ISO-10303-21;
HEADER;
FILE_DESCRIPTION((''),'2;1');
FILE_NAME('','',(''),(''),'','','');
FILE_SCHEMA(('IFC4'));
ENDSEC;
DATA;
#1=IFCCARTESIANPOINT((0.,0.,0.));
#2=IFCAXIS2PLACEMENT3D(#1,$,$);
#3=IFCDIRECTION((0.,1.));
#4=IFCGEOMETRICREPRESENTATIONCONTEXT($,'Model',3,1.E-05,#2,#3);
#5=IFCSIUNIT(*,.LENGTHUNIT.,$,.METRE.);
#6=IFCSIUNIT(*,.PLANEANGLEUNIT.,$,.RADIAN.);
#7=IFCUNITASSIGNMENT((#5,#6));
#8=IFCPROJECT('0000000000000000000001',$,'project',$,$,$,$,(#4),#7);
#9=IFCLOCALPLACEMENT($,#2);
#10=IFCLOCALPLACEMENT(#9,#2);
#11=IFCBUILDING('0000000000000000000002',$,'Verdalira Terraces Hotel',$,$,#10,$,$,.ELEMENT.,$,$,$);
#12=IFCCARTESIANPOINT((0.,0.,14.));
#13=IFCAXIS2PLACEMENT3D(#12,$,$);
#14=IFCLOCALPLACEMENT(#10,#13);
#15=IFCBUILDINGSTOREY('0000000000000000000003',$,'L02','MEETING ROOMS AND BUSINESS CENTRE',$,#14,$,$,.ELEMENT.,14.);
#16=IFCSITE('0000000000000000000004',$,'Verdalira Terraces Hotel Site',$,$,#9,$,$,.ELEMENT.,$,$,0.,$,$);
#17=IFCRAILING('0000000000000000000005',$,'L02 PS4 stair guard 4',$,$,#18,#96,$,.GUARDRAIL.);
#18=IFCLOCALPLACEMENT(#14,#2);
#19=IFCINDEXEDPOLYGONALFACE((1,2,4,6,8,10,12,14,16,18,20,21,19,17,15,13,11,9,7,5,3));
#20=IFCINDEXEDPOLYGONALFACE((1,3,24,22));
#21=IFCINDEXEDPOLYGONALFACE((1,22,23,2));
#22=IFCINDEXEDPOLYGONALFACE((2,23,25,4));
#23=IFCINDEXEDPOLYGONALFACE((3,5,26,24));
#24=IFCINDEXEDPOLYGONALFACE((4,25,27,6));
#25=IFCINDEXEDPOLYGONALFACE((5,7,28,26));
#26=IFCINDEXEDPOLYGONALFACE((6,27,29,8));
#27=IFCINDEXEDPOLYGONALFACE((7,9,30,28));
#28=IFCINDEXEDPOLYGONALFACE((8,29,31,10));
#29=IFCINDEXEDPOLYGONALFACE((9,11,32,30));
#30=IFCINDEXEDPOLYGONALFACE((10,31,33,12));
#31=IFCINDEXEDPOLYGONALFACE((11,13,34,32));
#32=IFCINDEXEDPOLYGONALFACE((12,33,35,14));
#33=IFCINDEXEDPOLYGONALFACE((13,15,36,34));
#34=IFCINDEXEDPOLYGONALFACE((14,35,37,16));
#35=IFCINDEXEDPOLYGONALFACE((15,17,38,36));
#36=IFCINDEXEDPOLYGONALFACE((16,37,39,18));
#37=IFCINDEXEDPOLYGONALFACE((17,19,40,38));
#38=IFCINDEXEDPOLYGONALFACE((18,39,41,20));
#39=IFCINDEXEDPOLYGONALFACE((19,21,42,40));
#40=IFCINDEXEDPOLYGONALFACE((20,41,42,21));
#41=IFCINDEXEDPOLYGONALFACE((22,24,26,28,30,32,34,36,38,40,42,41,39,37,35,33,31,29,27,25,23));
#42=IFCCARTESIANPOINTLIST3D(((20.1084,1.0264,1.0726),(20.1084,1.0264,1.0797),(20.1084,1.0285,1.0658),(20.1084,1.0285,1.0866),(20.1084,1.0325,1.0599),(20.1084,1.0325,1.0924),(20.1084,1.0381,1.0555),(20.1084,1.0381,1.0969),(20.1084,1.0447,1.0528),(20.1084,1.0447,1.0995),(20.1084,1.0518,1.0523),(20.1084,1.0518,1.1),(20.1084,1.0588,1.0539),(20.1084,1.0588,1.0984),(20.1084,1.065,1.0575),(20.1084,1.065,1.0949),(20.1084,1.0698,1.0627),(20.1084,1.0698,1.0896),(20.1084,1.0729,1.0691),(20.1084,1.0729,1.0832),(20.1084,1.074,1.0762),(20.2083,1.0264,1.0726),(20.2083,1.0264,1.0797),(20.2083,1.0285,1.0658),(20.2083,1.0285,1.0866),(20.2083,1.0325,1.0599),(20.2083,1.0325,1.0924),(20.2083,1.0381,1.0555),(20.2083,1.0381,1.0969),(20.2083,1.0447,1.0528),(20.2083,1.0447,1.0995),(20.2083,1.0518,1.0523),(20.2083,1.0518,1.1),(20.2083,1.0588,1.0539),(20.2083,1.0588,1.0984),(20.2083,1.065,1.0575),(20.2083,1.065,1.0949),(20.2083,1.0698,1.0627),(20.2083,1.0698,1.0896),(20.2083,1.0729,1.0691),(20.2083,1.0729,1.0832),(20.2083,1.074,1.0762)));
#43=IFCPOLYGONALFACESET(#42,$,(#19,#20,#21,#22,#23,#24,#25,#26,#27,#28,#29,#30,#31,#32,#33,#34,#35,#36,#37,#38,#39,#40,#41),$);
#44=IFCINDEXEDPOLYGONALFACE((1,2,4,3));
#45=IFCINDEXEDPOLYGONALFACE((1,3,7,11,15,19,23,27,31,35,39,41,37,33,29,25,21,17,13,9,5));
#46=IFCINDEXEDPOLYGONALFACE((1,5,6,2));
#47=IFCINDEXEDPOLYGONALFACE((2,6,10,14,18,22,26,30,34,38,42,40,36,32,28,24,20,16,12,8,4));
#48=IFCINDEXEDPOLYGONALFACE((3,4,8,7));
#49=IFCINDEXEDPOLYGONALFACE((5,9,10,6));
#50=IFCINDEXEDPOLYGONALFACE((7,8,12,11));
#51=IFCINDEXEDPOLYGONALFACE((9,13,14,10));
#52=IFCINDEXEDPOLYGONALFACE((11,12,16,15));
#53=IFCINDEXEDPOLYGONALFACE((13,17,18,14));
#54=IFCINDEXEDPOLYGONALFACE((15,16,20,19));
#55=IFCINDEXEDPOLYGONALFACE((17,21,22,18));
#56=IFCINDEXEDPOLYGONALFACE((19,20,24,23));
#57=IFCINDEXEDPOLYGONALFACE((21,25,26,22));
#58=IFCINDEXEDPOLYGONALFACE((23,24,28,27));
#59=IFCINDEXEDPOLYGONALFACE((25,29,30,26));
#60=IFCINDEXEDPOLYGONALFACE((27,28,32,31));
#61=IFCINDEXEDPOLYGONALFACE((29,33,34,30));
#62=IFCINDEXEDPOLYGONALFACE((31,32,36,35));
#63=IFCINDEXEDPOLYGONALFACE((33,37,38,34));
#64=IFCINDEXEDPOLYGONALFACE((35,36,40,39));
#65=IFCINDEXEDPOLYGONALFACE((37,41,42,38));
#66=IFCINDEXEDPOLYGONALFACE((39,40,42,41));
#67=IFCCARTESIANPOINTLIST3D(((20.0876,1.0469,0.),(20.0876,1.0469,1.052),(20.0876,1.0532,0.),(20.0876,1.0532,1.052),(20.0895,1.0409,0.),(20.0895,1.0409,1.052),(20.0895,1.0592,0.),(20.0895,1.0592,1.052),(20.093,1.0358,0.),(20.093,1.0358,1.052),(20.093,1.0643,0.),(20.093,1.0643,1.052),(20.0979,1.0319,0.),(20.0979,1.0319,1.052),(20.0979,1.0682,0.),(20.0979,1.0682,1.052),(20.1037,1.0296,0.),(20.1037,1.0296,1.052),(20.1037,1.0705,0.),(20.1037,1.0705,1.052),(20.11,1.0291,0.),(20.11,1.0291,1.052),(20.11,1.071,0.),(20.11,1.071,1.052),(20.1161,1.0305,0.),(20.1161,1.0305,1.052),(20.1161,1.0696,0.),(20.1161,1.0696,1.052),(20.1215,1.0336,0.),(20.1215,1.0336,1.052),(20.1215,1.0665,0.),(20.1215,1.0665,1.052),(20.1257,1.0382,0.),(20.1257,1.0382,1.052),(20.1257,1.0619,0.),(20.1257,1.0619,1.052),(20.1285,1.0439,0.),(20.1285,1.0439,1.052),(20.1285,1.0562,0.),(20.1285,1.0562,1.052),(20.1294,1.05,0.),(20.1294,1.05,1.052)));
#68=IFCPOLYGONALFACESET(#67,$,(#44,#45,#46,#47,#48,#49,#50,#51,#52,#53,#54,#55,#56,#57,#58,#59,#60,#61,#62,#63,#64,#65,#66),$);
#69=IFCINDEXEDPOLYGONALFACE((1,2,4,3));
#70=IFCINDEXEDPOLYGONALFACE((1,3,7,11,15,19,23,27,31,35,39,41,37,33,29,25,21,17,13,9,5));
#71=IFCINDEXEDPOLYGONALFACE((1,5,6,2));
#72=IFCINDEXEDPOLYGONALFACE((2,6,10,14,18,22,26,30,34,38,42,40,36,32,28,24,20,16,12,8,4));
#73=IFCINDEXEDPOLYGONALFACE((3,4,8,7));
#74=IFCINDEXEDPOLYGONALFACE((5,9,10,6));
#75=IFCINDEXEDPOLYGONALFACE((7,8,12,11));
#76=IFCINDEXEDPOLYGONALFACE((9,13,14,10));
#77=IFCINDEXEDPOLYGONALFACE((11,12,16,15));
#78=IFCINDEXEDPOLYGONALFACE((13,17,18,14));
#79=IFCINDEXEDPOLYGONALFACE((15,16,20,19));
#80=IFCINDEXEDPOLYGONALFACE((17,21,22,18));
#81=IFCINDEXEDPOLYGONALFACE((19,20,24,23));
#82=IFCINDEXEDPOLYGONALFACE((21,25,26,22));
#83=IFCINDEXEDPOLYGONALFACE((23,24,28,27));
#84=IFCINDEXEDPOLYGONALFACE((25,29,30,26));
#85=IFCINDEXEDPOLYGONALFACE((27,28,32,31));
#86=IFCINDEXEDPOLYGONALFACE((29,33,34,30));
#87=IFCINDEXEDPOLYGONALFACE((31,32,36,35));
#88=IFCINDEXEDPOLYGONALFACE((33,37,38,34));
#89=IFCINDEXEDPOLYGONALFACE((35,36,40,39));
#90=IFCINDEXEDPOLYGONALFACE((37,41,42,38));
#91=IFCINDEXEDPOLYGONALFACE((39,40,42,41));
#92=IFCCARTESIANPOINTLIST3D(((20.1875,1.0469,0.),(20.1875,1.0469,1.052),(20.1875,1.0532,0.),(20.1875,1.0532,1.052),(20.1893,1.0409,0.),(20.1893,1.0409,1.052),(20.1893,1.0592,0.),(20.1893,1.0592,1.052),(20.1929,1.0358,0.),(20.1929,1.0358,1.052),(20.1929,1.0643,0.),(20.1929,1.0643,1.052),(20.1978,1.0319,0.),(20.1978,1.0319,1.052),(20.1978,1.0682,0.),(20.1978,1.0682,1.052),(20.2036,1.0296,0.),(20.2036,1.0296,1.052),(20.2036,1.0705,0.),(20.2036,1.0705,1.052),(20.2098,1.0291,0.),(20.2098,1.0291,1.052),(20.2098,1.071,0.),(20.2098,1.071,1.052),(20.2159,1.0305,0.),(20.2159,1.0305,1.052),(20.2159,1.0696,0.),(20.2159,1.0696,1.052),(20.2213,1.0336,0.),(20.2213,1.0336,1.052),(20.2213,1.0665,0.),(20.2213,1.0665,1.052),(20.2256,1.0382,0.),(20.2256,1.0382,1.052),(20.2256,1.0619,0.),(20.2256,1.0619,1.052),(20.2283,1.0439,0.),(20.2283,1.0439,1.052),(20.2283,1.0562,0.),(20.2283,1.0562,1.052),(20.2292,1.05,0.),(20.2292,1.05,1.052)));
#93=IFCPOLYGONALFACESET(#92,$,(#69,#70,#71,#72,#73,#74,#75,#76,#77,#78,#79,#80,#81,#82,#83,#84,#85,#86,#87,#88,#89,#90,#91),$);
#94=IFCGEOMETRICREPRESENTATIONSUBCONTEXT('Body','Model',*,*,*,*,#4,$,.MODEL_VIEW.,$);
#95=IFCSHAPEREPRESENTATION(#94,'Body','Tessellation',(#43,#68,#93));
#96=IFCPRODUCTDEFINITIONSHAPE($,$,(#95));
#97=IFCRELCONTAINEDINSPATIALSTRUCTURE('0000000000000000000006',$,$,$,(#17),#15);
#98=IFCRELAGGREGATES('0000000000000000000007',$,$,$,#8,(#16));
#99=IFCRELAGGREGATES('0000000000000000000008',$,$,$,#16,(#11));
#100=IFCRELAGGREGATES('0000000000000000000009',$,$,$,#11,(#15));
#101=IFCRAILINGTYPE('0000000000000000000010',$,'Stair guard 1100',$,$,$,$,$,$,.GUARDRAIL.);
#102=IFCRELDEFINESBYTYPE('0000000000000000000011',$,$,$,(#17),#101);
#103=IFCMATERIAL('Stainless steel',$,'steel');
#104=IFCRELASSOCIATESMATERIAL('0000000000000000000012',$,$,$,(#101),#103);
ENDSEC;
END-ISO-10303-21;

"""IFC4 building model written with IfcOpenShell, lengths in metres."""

from ifc_helpers import new_model, si_unit, direction, frame, origin, origin_2d, place, context, subcontext, project, spatial, circle, extrude, material, type_object, element, save


model = new_model("IFC4")

# Units and contexts
model_context = context("Model", 3, precision=1e-05, world=origin(), true_north=direction((0.0, 1.0)))
body_context = subcontext(model_context, "Body", "Model", "MODEL_VIEW")
ifc_project = project(units=[si_unit("LENGTHUNIT", "METRE"), si_unit("PLANEANGLEUNIT", "RADIAN")], contexts=[model_context])

# Site, building, storey
site_placement = place(None, origin())
site = spatial("IfcSite", under=ifc_project, at=site_placement, Name="Verdalira Terraces Hotel Site", CompositionType="ELEMENT", RefElevation=0.0)
building_placement = place(site_placement, origin())
building = spatial("IfcBuilding", under=site, at=building_placement, Name="Verdalira Terraces Hotel", CompositionType="ELEMENT")
storey_placement = place(building_placement, frame((0.0, 0.0, 14.0)))
storey = spatial("IfcBuildingStorey", under=building, at=storey_placement, Name="L02", Description="MEETING ROOMS AND BUSINESS CENTRE", CompositionType="ELEMENT", Elevation=14.0)

# Railing
ifc_material_1 = material(Name="Stainless steel", Category="steel")
railing_type_1 = type_object("IfcRailingType", Name="Stair guard 1100", PredefinedType="GUARDRAIL", material=ifc_material_1)
railing_1_placement = place(storey_placement, frame((20.1084, 1.05, 0.0)))
element("IfcRailing", 1, at=railing_1_placement, inside=storey, type_object=railing_type_1, Name="L02 PS4 stair guard 4", PredefinedType="GUARDRAIL", context=body_context, shape_type="SweptSolid", body=[
    extrude(circle(Radius=0.0239, at=origin_2d()), frame((0.0, 0.0, 1.0762), z_axis=(1.0, 0.0, 0.0), x_axis=(0.0, 1.0, 0.0)), (0.0, 0.0, 1.0), 0.0999),
    extrude(circle(Radius=0.021, at=origin_2d()), origin(), (0.0, 0.0, 1.0), 1.052),
    extrude(circle(Radius=0.021, at=origin_2d()), frame((0.0999, 0.0, 0.0)), (0.0, 0.0, 1.0), 1.052),
])

save(model, "model.ifc")
